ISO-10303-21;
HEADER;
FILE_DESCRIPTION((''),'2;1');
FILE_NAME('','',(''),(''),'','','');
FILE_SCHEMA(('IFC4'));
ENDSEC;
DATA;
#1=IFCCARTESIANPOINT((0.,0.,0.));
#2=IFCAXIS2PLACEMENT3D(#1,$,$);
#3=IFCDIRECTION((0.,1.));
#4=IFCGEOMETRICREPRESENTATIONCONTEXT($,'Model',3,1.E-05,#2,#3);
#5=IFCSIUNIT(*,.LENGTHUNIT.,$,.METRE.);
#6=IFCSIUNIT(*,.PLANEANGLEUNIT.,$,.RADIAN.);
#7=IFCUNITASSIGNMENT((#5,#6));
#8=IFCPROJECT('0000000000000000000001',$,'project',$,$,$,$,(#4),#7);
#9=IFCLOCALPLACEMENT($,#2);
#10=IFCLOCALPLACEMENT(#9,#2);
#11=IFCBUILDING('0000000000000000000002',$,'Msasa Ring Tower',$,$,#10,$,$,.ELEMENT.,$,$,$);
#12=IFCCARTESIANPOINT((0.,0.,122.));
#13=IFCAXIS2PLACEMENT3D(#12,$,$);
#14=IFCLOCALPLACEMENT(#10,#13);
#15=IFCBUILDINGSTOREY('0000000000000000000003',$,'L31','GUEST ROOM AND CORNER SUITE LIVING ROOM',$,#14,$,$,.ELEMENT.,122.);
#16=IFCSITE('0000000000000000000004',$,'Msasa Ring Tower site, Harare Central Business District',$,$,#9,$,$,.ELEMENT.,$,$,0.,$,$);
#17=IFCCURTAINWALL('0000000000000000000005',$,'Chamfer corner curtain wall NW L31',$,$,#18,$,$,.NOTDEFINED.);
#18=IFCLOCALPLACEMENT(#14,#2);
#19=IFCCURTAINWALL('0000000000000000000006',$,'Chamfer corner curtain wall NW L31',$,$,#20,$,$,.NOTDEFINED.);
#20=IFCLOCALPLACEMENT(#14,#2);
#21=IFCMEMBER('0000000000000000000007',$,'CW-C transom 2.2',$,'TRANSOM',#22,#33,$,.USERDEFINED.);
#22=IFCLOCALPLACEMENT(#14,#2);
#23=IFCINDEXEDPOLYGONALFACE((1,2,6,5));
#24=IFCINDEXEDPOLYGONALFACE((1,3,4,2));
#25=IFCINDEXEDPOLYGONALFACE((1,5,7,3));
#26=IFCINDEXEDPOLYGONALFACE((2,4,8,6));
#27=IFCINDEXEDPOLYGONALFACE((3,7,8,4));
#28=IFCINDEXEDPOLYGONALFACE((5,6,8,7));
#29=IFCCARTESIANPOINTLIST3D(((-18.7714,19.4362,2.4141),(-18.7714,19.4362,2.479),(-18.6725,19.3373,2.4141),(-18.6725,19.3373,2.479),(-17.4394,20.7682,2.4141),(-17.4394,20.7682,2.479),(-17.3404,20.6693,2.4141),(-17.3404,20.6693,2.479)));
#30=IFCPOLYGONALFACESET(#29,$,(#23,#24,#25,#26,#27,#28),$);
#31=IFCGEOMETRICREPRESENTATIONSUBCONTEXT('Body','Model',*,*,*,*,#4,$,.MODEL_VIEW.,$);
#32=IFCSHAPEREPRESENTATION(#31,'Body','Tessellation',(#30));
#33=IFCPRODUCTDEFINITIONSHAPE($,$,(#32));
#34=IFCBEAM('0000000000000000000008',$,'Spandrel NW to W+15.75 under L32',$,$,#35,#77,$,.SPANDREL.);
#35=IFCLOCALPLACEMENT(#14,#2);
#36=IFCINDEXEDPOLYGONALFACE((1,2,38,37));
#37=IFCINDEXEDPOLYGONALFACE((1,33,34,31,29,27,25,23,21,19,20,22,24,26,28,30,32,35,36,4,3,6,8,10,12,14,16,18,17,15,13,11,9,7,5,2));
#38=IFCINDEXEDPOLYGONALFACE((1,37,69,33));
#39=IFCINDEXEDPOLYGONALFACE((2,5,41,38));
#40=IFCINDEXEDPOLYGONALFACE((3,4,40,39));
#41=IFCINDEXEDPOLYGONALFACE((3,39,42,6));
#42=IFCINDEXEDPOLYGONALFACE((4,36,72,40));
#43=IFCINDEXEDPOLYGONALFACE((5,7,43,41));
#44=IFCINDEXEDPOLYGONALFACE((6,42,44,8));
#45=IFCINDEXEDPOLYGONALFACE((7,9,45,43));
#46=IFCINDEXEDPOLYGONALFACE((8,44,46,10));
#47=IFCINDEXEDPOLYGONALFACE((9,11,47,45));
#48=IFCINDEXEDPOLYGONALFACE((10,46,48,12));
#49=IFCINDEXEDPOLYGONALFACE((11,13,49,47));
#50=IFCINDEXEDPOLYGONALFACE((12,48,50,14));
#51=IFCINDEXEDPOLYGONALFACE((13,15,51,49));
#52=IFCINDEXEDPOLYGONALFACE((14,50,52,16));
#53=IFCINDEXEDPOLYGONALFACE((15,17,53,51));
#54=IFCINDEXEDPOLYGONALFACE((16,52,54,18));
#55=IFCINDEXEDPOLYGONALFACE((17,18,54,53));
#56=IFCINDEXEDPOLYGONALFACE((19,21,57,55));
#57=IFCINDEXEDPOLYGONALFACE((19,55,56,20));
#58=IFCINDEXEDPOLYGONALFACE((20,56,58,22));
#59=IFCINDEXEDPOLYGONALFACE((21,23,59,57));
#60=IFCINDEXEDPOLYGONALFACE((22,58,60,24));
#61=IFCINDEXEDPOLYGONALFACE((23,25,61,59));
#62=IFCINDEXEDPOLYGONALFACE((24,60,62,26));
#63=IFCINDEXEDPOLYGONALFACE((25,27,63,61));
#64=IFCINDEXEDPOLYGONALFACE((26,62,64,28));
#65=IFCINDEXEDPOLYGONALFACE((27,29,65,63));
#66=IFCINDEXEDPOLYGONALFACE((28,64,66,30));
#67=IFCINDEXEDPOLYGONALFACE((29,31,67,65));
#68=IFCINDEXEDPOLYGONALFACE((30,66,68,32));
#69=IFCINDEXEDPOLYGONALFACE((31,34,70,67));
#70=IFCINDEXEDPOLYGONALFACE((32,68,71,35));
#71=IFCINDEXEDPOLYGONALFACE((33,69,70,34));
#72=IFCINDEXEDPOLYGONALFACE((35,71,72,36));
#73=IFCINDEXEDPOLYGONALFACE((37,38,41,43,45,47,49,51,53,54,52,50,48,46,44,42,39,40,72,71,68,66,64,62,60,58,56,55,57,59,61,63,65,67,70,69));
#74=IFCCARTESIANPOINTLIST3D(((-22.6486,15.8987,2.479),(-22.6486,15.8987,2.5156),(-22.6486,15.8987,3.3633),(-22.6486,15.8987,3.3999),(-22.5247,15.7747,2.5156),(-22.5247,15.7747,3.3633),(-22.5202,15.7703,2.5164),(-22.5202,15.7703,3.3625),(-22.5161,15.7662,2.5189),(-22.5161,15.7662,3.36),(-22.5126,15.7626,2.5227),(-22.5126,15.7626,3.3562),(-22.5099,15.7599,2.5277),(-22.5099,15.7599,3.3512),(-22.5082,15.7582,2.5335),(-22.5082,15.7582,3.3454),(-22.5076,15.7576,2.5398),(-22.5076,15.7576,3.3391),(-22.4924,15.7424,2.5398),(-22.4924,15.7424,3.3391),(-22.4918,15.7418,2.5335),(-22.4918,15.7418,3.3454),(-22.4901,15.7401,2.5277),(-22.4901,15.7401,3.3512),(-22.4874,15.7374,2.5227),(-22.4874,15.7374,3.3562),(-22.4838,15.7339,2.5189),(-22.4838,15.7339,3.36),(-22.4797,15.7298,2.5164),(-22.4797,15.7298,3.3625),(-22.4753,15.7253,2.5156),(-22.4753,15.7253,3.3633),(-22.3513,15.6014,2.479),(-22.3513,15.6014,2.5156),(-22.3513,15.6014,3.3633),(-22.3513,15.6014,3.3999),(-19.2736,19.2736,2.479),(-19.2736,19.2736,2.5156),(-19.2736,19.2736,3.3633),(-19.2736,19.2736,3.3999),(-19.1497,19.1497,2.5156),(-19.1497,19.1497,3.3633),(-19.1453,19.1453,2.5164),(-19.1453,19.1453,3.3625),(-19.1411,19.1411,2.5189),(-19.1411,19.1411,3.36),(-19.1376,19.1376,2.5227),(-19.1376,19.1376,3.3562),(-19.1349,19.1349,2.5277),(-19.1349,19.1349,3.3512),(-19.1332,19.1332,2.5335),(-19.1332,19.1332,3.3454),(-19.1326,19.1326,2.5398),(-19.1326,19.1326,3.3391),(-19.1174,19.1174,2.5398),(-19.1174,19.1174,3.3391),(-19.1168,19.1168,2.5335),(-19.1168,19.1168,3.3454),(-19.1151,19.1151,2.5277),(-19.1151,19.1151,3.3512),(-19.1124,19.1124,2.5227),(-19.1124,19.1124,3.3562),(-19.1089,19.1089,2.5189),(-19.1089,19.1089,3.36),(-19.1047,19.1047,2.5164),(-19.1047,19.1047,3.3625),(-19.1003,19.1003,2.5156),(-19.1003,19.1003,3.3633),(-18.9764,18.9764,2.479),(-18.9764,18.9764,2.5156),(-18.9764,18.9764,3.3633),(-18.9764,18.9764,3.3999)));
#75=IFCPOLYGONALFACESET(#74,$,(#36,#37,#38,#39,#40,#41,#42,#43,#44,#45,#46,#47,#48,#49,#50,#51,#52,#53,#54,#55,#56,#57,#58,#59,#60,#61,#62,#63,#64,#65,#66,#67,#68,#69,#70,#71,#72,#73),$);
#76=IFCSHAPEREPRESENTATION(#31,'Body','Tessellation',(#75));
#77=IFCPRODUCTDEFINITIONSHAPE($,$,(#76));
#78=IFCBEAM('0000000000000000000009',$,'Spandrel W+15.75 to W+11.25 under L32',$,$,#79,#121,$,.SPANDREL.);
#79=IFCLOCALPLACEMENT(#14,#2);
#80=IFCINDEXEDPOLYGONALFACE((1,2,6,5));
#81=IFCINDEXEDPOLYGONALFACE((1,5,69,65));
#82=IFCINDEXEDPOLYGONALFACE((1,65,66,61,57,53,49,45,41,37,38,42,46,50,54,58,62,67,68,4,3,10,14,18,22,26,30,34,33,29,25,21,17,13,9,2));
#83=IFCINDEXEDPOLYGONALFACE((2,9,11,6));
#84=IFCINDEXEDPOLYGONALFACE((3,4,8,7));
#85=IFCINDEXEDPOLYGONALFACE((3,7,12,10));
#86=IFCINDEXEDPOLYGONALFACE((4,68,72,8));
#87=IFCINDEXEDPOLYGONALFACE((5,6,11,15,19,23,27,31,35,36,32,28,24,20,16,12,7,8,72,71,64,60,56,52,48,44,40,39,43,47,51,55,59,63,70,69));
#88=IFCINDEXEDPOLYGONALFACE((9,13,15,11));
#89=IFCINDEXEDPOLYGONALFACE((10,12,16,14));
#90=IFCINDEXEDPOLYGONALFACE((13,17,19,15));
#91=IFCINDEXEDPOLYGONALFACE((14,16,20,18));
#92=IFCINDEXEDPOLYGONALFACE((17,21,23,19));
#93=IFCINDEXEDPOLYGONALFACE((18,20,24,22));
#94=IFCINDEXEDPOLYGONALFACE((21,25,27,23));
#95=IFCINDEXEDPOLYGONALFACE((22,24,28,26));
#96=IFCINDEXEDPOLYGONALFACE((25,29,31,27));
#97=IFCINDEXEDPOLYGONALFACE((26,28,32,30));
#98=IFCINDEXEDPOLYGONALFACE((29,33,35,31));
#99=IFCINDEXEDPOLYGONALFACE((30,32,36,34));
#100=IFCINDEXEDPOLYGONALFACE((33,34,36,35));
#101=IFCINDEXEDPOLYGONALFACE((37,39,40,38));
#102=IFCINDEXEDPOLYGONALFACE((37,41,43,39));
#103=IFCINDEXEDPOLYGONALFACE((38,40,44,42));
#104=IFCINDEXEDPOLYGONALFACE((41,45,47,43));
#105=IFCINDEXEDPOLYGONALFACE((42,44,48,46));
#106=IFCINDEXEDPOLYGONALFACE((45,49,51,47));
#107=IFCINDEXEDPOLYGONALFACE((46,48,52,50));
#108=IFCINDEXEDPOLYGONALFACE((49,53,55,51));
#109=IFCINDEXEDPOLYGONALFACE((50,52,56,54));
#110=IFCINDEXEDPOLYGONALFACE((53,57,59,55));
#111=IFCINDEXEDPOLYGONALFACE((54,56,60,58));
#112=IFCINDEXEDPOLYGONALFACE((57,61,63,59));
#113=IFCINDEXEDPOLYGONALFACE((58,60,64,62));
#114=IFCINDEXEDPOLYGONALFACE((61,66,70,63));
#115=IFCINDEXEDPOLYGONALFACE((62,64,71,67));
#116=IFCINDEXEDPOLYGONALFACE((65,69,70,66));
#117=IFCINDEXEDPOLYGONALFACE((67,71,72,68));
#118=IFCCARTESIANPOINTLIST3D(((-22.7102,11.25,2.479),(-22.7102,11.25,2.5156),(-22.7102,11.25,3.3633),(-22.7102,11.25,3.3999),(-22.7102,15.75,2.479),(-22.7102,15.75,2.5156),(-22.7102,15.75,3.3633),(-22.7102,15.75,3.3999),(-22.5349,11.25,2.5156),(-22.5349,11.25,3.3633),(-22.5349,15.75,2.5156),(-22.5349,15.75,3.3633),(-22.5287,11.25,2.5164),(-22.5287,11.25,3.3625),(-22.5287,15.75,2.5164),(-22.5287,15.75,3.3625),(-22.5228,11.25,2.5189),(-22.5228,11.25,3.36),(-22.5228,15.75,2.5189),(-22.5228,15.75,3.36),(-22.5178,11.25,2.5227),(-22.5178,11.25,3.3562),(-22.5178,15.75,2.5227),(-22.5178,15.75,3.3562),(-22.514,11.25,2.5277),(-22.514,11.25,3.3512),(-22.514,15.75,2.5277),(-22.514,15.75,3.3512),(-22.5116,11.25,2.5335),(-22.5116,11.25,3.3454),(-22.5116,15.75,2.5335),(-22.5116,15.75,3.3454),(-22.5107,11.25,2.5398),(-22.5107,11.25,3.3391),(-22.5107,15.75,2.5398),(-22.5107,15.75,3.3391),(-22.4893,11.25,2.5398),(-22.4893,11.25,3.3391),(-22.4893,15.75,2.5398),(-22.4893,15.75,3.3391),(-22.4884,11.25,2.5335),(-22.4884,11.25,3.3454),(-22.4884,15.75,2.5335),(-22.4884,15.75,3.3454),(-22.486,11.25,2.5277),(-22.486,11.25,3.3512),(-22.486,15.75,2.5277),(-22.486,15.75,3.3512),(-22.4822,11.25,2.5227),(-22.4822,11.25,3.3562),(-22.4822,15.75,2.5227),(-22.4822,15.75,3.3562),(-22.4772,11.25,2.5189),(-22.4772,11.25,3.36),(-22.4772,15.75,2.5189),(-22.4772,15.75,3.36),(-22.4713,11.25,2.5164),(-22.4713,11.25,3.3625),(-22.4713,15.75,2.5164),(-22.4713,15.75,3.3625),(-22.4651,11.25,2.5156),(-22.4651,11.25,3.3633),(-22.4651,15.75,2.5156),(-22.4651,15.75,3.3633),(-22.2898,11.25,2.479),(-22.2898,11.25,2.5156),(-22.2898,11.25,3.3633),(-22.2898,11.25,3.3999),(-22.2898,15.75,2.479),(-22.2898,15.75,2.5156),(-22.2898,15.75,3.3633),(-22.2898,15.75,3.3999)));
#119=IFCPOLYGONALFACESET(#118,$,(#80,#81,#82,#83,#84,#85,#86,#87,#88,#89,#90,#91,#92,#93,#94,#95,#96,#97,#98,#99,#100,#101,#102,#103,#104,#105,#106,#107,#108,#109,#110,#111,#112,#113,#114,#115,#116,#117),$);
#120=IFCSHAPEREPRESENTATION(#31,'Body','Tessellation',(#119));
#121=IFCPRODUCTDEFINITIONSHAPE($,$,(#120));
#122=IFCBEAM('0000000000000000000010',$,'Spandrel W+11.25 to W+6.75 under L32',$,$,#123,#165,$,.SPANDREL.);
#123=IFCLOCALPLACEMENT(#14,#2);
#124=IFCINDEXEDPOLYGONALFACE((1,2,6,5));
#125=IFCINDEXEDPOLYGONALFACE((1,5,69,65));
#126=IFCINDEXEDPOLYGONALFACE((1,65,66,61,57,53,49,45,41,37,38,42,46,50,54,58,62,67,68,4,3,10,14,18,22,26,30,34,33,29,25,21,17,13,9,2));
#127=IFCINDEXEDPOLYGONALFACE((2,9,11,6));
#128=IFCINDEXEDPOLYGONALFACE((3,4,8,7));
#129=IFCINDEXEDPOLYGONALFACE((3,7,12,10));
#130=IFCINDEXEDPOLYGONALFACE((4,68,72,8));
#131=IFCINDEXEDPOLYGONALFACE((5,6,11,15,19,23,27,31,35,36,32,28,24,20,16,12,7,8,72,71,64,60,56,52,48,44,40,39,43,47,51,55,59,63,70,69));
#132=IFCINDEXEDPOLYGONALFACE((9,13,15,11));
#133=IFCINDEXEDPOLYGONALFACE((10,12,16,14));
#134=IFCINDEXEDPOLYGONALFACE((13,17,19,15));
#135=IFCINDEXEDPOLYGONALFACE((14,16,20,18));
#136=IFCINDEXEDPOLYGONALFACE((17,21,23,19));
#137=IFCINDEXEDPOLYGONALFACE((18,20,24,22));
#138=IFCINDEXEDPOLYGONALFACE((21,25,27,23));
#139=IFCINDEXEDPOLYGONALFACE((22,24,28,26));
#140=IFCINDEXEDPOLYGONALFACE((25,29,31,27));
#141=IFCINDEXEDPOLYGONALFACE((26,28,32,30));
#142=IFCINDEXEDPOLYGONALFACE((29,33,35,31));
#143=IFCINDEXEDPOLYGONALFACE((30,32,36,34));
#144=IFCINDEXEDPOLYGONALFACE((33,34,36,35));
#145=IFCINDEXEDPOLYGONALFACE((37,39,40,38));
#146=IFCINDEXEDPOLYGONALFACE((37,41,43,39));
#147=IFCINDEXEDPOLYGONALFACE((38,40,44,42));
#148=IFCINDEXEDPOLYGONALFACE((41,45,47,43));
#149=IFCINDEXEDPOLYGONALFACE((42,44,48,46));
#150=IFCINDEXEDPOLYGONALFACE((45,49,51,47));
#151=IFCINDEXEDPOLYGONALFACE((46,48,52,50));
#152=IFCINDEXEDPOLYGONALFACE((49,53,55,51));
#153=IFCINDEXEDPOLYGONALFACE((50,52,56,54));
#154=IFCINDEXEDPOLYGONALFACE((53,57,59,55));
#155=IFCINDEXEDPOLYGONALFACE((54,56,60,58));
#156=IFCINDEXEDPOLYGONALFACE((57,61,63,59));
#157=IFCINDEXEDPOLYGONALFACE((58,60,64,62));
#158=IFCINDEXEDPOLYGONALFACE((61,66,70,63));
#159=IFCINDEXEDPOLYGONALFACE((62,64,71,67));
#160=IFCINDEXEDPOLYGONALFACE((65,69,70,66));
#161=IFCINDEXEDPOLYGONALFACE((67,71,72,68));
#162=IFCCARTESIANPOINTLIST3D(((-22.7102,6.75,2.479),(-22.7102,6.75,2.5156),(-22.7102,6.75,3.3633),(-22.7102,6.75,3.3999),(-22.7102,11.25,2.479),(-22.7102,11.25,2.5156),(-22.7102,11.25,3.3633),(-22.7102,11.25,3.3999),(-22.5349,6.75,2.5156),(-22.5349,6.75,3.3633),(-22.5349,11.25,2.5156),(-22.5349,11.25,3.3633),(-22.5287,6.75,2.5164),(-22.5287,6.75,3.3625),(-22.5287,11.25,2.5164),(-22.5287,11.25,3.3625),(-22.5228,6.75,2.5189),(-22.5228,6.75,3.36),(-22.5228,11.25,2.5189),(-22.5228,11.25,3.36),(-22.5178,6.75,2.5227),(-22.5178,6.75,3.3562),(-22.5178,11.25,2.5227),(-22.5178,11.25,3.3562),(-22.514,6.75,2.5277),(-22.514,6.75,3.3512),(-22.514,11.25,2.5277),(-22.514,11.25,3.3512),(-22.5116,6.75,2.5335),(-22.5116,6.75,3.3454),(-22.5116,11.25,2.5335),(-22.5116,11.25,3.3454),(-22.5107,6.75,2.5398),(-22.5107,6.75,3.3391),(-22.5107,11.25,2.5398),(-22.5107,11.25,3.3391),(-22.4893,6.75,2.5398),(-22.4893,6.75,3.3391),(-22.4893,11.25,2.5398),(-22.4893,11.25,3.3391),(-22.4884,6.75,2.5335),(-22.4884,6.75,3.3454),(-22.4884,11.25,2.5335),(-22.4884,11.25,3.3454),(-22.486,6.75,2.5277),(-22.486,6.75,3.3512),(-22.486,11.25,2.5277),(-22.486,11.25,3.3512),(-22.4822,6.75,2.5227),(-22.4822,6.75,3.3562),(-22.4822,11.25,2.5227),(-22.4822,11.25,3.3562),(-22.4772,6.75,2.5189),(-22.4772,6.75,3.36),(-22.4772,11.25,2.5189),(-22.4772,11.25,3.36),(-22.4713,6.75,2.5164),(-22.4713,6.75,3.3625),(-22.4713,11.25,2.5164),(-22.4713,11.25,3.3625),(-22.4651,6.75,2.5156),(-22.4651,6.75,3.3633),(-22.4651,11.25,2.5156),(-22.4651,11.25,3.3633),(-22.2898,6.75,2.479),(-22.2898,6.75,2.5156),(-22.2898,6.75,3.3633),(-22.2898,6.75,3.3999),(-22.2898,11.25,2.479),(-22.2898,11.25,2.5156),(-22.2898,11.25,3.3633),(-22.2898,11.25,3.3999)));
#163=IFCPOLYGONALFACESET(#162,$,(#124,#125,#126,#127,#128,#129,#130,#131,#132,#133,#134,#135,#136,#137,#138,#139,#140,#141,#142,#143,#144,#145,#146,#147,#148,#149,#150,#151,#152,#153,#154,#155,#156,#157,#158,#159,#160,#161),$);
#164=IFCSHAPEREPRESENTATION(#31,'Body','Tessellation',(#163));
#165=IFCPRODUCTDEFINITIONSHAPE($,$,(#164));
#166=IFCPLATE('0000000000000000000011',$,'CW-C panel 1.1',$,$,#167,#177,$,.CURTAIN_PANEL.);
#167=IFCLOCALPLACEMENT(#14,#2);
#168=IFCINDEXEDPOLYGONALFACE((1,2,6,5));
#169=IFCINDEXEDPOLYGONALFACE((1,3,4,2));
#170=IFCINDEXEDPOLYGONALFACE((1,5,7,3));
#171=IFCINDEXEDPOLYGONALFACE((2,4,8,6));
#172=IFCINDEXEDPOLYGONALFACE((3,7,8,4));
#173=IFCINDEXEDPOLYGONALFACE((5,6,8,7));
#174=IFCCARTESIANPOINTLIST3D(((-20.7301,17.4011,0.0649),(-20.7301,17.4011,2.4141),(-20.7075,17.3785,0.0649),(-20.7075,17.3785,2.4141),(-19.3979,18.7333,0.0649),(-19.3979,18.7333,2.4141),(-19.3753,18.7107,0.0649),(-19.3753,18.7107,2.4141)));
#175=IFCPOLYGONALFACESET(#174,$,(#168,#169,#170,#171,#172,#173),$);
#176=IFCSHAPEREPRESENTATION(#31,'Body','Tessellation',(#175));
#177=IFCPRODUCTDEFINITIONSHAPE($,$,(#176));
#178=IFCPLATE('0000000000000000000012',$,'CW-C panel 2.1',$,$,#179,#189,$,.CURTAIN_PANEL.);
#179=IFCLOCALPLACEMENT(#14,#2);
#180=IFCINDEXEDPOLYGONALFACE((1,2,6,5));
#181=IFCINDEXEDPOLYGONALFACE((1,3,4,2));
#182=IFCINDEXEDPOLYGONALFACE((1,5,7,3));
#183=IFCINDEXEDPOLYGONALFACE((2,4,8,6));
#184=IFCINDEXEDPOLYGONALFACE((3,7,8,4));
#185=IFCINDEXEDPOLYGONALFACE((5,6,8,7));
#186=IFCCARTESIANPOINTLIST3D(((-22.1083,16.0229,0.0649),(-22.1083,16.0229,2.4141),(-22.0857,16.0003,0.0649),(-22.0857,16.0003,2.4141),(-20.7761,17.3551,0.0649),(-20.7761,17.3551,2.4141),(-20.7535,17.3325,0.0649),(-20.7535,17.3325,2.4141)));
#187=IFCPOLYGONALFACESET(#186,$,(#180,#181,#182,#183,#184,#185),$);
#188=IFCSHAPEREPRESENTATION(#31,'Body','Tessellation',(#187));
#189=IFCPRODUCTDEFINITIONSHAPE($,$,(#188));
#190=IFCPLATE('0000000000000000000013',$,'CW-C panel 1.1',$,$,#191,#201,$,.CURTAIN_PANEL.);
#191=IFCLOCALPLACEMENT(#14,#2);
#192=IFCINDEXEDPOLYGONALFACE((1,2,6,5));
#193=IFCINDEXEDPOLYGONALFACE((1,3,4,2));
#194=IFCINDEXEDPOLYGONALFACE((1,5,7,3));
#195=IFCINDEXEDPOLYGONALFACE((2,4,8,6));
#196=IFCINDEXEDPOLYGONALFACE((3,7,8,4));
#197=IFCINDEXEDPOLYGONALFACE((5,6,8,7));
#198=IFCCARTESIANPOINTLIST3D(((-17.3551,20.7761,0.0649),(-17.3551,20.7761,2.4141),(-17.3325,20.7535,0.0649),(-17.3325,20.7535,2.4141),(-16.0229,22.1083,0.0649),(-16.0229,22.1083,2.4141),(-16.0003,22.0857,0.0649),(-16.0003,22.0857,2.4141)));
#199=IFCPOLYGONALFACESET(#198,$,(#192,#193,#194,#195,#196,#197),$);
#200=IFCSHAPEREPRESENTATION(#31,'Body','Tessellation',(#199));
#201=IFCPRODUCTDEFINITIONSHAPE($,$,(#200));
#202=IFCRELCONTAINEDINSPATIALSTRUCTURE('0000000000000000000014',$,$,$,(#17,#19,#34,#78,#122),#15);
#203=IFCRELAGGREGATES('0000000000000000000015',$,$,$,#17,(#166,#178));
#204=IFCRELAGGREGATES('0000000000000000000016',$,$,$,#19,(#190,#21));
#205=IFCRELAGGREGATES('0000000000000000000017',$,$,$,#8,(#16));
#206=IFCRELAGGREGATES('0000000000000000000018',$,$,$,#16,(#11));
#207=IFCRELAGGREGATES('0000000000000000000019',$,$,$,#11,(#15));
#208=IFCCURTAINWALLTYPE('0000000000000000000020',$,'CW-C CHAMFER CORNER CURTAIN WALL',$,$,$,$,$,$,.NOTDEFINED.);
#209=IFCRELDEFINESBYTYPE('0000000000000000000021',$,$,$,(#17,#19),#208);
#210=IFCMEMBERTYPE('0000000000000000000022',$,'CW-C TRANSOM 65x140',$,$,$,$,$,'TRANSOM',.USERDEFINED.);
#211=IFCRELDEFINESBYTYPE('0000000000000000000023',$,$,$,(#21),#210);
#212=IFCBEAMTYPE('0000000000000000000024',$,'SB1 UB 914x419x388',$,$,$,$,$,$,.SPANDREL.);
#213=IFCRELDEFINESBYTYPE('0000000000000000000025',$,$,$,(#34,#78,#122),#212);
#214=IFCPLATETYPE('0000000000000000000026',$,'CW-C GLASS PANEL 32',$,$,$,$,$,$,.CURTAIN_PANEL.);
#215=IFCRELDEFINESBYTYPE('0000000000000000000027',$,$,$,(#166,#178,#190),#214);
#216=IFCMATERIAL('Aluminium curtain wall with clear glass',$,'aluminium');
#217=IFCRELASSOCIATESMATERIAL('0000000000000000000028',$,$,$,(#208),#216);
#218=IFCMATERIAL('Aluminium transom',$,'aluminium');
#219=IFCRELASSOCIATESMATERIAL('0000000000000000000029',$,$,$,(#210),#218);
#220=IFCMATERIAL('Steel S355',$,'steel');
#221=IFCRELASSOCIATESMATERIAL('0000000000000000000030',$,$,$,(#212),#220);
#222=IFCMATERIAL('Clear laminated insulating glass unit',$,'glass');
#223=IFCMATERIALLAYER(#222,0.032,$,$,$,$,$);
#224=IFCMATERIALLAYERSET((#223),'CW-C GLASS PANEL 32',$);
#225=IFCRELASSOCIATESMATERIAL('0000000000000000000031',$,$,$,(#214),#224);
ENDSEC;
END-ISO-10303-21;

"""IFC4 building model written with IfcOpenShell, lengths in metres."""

from ifc_helpers import new_model, si_unit, direction, frame, origin, origin_2d, place, context, subcontext, project, spatial, rectangle, i_section, extrude, material, layer, layer_set, material_profile, profile_set, type_object, element, aggregate, save


model = new_model("IFC4")

# Units and contexts
model_context = context("Model", 3, precision=1e-05, world=origin(), true_north=direction((0.0, 1.0)))
body_context = subcontext(model_context, "Body", "Model", "MODEL_VIEW")
ifc_project = project(units=[si_unit("LENGTHUNIT", "METRE"), si_unit("PLANEANGLEUNIT", "RADIAN")], contexts=[model_context])

# Site, building, storey
site_placement = place(None, origin())
site = spatial("IfcSite", under=ifc_project, at=site_placement, Name="Msasa Ring Tower site, Harare Central Business District", CompositionType="ELEMENT", RefElevation=0.0)
building_placement = place(site_placement, origin())
building = spatial("IfcBuilding", under=site, at=building_placement, Name="Msasa Ring Tower", CompositionType="ELEMENT")
storey_placement = place(building_placement, frame((0.0, 0.0, 122.0)))
storey = spatial("IfcBuildingStorey", under=building, at=storey_placement, Name="L31", Description="GUEST ROOM AND CORNER SUITE LIVING ROOM", CompositionType="ELEMENT", Elevation=122.0)

# Curtain walls
ifc_material_1 = material(Name="Aluminium curtain wall with clear glass", Category="aluminium")
curtain_wall_type = type_object("IfcCurtainWallType", Name="CW-C CHAMFER CORNER CURTAIN WALL", PredefinedType="NOTDEFINED", material=ifc_material_1)
curtain_wall_1_placement = place(storey_placement, origin())
curtain_wall_1 = element("IfcCurtainWall", 1, at=curtain_wall_1_placement, inside=storey, type_object=curtain_wall_type, Name="Chamfer corner curtain wall NW L31", PredefinedType="NOTDEFINED")
curtain_wall_2_placement = place(storey_placement, origin())
curtain_wall_2 = element("IfcCurtainWall", 2, at=curtain_wall_2_placement, inside=storey, type_object=curtain_wall_type, Name="Chamfer corner curtain wall NW L31", PredefinedType="NOTDEFINED")

# Member
ifc_material_2 = material(Name="Aluminium transom", Category="aluminium")
ifc_material_profile_1 = material_profile(ifc_material_2, rectangle(XDim=0.1399, YDim=0.0649, at=origin_2d()), Name="AL 65x140")
ifc_profile_set_1 = profile_set([ifc_material_profile_1], Name="Aluminium transom")
member_type_1 = type_object("IfcMemberType", Name="CW-C TRANSOM 65x140", ElementType="TRANSOM", PredefinedType="USERDEFINED", material=ifc_profile_set_1)
member_1_placement = place(storey_placement, frame((-17.3899, 20.7188, 2.4465), z_axis=(-0.707107, -0.707107, 0.0), x_axis=(0.707107, -0.707107, 0.0)))
member_1 = element("IfcMember", 3, at=member_1_placement, type_object=member_type_1, Name="CW-C transom 2.2", ObjectType="TRANSOM", PredefinedType="USERDEFINED", context=body_context, shape_type="SweptSolid", body=[
    extrude(rectangle(XDim=0.1399, YDim=0.0649, at=origin_2d()), origin(), (0.0, 0.0, 1.0), 1.8838),
])

# Beams
ifc_material_3 = material(Name="Steel S355", Category="steel")
ifc_material_profile_2 = material_profile(ifc_material_3, i_section(OverallWidth=0.4204, OverallDepth=0.9209, WebThickness=0.0215, FlangeThickness=0.0366, FilletRadius=0.0242, at=origin_2d()), Name="UB 914x419x388")
ifc_profile_set_2 = profile_set([ifc_material_profile_2], Name="Steel S355")
beam_type = type_object("IfcBeamType", Name="SB1 UB 914x419x388", PredefinedType="SPANDREL", material=ifc_profile_set_2)
beam_placement = place(storey_placement, frame((-19.125, 19.125, 2.9395), z_axis=(-0.707107, -0.707107, 0.0), x_axis=(0.707107, -0.707107, 0.0)))
element("IfcBeam", 4, at=beam_placement, inside=storey, type_object=beam_type, Name="Spandrel NW to W+15.75 under L32", PredefinedType="SPANDREL", context=body_context, shape_type="SweptSolid", body=[
    extrude(i_section(OverallWidth=0.4204, OverallDepth=0.9209, WebThickness=0.0215, FlangeThickness=0.0366, FilletRadius=0.0242, at=origin_2d()), origin(), (0.0, 0.0, 1.0), 4.7729),
])
for number, where, z_axis, x_axis, name in (
    (5, (-22.5, 15.75, 2.9395), (0.0, -1.0, 0.0), (1.0, 0.0, 0.0), "Spandrel W+15.75 to W+11.25 under L32"),
    (6, (-22.5, 11.25, 2.9395), (0.0, -1.0, 0.0), (1.0, 0.0, 0.0), "Spandrel W+11.25 to W+6.75 under L32"),
):
    element("IfcBeam", number, at=place(storey_placement, frame(where, z_axis=z_axis, x_axis=x_axis)), inside=storey, type_object=beam_type, Name=name, PredefinedType="SPANDREL", context=body_context, shape_type="SweptSolid", body=[
        extrude(i_section(OverallWidth=0.4204, OverallDepth=0.9209, WebThickness=0.0215, FlangeThickness=0.0366, FilletRadius=0.0242, at=origin_2d()), origin(), (0.0, 0.0, 1.0), 4.5),
    ])

# Plates
ifc_material_4 = material(Name="Clear laminated insulating glass unit", Category="glass")
ifc_layer_1 = layer(ifc_material_4, 0.032)
ifc_layer_set_1 = layer_set([ifc_layer_1], Name="CW-C GLASS PANEL 32")
plate_type = type_object("IfcPlateType", Name="CW-C GLASS PANEL 32", PredefinedType="CURTAIN_PANEL", material=ifc_layer_set_1)
plate_1_placement = place(storey_placement, frame((-20.0527, 18.0559, 0.0649), z_axis=(0.0, 0.0, 1.0), x_axis=(-0.707107, -0.707107, 0.0)))
plate_1 = element("IfcPlate", 7, at=plate_1_placement, type_object=plate_type, Name="CW-C panel 1.1", PredefinedType="CURTAIN_PANEL", context=body_context, shape_type="SweptSolid", body=[
    extrude(rectangle(XDim=1.884, YDim=0.032, at=origin_2d()), origin(), (0.0, 0.0, 1.0), 2.3491),
])
plate_2_placement = place(storey_placement, frame((-21.4309, 16.6777, 0.0649), z_axis=(0.0, 0.0, 1.0), x_axis=(-0.707107, -0.707107, 0.0)))
plate_2 = element("IfcPlate", 8, at=plate_2_placement, type_object=plate_type, Name="CW-C panel 2.1", PredefinedType="CURTAIN_PANEL", context=body_context, shape_type="SweptSolid", body=[
    extrude(rectangle(XDim=1.884, YDim=0.032, at=origin_2d()), origin(), (0.0, 0.0, 1.0), 2.3491),
])
aggregate(curtain_wall_1, [plate_1, plate_2])
plate_3_placement = place(storey_placement, frame((-16.6777, 21.4309, 0.0649), z_axis=(0.0, 0.0, 1.0), x_axis=(-0.707107, -0.707107, 0.0)))
plate_3 = element("IfcPlate", 9, at=plate_3_placement, type_object=plate_type, Name="CW-C panel 1.1", PredefinedType="CURTAIN_PANEL", context=body_context, shape_type="SweptSolid", body=[
    extrude(rectangle(XDim=1.884, YDim=0.032, at=origin_2d()), origin(), (0.0, 0.0, 1.0), 2.3491),
])
aggregate(curtain_wall_2, [plate_3, member_1])

save(model, "model.ifc")
